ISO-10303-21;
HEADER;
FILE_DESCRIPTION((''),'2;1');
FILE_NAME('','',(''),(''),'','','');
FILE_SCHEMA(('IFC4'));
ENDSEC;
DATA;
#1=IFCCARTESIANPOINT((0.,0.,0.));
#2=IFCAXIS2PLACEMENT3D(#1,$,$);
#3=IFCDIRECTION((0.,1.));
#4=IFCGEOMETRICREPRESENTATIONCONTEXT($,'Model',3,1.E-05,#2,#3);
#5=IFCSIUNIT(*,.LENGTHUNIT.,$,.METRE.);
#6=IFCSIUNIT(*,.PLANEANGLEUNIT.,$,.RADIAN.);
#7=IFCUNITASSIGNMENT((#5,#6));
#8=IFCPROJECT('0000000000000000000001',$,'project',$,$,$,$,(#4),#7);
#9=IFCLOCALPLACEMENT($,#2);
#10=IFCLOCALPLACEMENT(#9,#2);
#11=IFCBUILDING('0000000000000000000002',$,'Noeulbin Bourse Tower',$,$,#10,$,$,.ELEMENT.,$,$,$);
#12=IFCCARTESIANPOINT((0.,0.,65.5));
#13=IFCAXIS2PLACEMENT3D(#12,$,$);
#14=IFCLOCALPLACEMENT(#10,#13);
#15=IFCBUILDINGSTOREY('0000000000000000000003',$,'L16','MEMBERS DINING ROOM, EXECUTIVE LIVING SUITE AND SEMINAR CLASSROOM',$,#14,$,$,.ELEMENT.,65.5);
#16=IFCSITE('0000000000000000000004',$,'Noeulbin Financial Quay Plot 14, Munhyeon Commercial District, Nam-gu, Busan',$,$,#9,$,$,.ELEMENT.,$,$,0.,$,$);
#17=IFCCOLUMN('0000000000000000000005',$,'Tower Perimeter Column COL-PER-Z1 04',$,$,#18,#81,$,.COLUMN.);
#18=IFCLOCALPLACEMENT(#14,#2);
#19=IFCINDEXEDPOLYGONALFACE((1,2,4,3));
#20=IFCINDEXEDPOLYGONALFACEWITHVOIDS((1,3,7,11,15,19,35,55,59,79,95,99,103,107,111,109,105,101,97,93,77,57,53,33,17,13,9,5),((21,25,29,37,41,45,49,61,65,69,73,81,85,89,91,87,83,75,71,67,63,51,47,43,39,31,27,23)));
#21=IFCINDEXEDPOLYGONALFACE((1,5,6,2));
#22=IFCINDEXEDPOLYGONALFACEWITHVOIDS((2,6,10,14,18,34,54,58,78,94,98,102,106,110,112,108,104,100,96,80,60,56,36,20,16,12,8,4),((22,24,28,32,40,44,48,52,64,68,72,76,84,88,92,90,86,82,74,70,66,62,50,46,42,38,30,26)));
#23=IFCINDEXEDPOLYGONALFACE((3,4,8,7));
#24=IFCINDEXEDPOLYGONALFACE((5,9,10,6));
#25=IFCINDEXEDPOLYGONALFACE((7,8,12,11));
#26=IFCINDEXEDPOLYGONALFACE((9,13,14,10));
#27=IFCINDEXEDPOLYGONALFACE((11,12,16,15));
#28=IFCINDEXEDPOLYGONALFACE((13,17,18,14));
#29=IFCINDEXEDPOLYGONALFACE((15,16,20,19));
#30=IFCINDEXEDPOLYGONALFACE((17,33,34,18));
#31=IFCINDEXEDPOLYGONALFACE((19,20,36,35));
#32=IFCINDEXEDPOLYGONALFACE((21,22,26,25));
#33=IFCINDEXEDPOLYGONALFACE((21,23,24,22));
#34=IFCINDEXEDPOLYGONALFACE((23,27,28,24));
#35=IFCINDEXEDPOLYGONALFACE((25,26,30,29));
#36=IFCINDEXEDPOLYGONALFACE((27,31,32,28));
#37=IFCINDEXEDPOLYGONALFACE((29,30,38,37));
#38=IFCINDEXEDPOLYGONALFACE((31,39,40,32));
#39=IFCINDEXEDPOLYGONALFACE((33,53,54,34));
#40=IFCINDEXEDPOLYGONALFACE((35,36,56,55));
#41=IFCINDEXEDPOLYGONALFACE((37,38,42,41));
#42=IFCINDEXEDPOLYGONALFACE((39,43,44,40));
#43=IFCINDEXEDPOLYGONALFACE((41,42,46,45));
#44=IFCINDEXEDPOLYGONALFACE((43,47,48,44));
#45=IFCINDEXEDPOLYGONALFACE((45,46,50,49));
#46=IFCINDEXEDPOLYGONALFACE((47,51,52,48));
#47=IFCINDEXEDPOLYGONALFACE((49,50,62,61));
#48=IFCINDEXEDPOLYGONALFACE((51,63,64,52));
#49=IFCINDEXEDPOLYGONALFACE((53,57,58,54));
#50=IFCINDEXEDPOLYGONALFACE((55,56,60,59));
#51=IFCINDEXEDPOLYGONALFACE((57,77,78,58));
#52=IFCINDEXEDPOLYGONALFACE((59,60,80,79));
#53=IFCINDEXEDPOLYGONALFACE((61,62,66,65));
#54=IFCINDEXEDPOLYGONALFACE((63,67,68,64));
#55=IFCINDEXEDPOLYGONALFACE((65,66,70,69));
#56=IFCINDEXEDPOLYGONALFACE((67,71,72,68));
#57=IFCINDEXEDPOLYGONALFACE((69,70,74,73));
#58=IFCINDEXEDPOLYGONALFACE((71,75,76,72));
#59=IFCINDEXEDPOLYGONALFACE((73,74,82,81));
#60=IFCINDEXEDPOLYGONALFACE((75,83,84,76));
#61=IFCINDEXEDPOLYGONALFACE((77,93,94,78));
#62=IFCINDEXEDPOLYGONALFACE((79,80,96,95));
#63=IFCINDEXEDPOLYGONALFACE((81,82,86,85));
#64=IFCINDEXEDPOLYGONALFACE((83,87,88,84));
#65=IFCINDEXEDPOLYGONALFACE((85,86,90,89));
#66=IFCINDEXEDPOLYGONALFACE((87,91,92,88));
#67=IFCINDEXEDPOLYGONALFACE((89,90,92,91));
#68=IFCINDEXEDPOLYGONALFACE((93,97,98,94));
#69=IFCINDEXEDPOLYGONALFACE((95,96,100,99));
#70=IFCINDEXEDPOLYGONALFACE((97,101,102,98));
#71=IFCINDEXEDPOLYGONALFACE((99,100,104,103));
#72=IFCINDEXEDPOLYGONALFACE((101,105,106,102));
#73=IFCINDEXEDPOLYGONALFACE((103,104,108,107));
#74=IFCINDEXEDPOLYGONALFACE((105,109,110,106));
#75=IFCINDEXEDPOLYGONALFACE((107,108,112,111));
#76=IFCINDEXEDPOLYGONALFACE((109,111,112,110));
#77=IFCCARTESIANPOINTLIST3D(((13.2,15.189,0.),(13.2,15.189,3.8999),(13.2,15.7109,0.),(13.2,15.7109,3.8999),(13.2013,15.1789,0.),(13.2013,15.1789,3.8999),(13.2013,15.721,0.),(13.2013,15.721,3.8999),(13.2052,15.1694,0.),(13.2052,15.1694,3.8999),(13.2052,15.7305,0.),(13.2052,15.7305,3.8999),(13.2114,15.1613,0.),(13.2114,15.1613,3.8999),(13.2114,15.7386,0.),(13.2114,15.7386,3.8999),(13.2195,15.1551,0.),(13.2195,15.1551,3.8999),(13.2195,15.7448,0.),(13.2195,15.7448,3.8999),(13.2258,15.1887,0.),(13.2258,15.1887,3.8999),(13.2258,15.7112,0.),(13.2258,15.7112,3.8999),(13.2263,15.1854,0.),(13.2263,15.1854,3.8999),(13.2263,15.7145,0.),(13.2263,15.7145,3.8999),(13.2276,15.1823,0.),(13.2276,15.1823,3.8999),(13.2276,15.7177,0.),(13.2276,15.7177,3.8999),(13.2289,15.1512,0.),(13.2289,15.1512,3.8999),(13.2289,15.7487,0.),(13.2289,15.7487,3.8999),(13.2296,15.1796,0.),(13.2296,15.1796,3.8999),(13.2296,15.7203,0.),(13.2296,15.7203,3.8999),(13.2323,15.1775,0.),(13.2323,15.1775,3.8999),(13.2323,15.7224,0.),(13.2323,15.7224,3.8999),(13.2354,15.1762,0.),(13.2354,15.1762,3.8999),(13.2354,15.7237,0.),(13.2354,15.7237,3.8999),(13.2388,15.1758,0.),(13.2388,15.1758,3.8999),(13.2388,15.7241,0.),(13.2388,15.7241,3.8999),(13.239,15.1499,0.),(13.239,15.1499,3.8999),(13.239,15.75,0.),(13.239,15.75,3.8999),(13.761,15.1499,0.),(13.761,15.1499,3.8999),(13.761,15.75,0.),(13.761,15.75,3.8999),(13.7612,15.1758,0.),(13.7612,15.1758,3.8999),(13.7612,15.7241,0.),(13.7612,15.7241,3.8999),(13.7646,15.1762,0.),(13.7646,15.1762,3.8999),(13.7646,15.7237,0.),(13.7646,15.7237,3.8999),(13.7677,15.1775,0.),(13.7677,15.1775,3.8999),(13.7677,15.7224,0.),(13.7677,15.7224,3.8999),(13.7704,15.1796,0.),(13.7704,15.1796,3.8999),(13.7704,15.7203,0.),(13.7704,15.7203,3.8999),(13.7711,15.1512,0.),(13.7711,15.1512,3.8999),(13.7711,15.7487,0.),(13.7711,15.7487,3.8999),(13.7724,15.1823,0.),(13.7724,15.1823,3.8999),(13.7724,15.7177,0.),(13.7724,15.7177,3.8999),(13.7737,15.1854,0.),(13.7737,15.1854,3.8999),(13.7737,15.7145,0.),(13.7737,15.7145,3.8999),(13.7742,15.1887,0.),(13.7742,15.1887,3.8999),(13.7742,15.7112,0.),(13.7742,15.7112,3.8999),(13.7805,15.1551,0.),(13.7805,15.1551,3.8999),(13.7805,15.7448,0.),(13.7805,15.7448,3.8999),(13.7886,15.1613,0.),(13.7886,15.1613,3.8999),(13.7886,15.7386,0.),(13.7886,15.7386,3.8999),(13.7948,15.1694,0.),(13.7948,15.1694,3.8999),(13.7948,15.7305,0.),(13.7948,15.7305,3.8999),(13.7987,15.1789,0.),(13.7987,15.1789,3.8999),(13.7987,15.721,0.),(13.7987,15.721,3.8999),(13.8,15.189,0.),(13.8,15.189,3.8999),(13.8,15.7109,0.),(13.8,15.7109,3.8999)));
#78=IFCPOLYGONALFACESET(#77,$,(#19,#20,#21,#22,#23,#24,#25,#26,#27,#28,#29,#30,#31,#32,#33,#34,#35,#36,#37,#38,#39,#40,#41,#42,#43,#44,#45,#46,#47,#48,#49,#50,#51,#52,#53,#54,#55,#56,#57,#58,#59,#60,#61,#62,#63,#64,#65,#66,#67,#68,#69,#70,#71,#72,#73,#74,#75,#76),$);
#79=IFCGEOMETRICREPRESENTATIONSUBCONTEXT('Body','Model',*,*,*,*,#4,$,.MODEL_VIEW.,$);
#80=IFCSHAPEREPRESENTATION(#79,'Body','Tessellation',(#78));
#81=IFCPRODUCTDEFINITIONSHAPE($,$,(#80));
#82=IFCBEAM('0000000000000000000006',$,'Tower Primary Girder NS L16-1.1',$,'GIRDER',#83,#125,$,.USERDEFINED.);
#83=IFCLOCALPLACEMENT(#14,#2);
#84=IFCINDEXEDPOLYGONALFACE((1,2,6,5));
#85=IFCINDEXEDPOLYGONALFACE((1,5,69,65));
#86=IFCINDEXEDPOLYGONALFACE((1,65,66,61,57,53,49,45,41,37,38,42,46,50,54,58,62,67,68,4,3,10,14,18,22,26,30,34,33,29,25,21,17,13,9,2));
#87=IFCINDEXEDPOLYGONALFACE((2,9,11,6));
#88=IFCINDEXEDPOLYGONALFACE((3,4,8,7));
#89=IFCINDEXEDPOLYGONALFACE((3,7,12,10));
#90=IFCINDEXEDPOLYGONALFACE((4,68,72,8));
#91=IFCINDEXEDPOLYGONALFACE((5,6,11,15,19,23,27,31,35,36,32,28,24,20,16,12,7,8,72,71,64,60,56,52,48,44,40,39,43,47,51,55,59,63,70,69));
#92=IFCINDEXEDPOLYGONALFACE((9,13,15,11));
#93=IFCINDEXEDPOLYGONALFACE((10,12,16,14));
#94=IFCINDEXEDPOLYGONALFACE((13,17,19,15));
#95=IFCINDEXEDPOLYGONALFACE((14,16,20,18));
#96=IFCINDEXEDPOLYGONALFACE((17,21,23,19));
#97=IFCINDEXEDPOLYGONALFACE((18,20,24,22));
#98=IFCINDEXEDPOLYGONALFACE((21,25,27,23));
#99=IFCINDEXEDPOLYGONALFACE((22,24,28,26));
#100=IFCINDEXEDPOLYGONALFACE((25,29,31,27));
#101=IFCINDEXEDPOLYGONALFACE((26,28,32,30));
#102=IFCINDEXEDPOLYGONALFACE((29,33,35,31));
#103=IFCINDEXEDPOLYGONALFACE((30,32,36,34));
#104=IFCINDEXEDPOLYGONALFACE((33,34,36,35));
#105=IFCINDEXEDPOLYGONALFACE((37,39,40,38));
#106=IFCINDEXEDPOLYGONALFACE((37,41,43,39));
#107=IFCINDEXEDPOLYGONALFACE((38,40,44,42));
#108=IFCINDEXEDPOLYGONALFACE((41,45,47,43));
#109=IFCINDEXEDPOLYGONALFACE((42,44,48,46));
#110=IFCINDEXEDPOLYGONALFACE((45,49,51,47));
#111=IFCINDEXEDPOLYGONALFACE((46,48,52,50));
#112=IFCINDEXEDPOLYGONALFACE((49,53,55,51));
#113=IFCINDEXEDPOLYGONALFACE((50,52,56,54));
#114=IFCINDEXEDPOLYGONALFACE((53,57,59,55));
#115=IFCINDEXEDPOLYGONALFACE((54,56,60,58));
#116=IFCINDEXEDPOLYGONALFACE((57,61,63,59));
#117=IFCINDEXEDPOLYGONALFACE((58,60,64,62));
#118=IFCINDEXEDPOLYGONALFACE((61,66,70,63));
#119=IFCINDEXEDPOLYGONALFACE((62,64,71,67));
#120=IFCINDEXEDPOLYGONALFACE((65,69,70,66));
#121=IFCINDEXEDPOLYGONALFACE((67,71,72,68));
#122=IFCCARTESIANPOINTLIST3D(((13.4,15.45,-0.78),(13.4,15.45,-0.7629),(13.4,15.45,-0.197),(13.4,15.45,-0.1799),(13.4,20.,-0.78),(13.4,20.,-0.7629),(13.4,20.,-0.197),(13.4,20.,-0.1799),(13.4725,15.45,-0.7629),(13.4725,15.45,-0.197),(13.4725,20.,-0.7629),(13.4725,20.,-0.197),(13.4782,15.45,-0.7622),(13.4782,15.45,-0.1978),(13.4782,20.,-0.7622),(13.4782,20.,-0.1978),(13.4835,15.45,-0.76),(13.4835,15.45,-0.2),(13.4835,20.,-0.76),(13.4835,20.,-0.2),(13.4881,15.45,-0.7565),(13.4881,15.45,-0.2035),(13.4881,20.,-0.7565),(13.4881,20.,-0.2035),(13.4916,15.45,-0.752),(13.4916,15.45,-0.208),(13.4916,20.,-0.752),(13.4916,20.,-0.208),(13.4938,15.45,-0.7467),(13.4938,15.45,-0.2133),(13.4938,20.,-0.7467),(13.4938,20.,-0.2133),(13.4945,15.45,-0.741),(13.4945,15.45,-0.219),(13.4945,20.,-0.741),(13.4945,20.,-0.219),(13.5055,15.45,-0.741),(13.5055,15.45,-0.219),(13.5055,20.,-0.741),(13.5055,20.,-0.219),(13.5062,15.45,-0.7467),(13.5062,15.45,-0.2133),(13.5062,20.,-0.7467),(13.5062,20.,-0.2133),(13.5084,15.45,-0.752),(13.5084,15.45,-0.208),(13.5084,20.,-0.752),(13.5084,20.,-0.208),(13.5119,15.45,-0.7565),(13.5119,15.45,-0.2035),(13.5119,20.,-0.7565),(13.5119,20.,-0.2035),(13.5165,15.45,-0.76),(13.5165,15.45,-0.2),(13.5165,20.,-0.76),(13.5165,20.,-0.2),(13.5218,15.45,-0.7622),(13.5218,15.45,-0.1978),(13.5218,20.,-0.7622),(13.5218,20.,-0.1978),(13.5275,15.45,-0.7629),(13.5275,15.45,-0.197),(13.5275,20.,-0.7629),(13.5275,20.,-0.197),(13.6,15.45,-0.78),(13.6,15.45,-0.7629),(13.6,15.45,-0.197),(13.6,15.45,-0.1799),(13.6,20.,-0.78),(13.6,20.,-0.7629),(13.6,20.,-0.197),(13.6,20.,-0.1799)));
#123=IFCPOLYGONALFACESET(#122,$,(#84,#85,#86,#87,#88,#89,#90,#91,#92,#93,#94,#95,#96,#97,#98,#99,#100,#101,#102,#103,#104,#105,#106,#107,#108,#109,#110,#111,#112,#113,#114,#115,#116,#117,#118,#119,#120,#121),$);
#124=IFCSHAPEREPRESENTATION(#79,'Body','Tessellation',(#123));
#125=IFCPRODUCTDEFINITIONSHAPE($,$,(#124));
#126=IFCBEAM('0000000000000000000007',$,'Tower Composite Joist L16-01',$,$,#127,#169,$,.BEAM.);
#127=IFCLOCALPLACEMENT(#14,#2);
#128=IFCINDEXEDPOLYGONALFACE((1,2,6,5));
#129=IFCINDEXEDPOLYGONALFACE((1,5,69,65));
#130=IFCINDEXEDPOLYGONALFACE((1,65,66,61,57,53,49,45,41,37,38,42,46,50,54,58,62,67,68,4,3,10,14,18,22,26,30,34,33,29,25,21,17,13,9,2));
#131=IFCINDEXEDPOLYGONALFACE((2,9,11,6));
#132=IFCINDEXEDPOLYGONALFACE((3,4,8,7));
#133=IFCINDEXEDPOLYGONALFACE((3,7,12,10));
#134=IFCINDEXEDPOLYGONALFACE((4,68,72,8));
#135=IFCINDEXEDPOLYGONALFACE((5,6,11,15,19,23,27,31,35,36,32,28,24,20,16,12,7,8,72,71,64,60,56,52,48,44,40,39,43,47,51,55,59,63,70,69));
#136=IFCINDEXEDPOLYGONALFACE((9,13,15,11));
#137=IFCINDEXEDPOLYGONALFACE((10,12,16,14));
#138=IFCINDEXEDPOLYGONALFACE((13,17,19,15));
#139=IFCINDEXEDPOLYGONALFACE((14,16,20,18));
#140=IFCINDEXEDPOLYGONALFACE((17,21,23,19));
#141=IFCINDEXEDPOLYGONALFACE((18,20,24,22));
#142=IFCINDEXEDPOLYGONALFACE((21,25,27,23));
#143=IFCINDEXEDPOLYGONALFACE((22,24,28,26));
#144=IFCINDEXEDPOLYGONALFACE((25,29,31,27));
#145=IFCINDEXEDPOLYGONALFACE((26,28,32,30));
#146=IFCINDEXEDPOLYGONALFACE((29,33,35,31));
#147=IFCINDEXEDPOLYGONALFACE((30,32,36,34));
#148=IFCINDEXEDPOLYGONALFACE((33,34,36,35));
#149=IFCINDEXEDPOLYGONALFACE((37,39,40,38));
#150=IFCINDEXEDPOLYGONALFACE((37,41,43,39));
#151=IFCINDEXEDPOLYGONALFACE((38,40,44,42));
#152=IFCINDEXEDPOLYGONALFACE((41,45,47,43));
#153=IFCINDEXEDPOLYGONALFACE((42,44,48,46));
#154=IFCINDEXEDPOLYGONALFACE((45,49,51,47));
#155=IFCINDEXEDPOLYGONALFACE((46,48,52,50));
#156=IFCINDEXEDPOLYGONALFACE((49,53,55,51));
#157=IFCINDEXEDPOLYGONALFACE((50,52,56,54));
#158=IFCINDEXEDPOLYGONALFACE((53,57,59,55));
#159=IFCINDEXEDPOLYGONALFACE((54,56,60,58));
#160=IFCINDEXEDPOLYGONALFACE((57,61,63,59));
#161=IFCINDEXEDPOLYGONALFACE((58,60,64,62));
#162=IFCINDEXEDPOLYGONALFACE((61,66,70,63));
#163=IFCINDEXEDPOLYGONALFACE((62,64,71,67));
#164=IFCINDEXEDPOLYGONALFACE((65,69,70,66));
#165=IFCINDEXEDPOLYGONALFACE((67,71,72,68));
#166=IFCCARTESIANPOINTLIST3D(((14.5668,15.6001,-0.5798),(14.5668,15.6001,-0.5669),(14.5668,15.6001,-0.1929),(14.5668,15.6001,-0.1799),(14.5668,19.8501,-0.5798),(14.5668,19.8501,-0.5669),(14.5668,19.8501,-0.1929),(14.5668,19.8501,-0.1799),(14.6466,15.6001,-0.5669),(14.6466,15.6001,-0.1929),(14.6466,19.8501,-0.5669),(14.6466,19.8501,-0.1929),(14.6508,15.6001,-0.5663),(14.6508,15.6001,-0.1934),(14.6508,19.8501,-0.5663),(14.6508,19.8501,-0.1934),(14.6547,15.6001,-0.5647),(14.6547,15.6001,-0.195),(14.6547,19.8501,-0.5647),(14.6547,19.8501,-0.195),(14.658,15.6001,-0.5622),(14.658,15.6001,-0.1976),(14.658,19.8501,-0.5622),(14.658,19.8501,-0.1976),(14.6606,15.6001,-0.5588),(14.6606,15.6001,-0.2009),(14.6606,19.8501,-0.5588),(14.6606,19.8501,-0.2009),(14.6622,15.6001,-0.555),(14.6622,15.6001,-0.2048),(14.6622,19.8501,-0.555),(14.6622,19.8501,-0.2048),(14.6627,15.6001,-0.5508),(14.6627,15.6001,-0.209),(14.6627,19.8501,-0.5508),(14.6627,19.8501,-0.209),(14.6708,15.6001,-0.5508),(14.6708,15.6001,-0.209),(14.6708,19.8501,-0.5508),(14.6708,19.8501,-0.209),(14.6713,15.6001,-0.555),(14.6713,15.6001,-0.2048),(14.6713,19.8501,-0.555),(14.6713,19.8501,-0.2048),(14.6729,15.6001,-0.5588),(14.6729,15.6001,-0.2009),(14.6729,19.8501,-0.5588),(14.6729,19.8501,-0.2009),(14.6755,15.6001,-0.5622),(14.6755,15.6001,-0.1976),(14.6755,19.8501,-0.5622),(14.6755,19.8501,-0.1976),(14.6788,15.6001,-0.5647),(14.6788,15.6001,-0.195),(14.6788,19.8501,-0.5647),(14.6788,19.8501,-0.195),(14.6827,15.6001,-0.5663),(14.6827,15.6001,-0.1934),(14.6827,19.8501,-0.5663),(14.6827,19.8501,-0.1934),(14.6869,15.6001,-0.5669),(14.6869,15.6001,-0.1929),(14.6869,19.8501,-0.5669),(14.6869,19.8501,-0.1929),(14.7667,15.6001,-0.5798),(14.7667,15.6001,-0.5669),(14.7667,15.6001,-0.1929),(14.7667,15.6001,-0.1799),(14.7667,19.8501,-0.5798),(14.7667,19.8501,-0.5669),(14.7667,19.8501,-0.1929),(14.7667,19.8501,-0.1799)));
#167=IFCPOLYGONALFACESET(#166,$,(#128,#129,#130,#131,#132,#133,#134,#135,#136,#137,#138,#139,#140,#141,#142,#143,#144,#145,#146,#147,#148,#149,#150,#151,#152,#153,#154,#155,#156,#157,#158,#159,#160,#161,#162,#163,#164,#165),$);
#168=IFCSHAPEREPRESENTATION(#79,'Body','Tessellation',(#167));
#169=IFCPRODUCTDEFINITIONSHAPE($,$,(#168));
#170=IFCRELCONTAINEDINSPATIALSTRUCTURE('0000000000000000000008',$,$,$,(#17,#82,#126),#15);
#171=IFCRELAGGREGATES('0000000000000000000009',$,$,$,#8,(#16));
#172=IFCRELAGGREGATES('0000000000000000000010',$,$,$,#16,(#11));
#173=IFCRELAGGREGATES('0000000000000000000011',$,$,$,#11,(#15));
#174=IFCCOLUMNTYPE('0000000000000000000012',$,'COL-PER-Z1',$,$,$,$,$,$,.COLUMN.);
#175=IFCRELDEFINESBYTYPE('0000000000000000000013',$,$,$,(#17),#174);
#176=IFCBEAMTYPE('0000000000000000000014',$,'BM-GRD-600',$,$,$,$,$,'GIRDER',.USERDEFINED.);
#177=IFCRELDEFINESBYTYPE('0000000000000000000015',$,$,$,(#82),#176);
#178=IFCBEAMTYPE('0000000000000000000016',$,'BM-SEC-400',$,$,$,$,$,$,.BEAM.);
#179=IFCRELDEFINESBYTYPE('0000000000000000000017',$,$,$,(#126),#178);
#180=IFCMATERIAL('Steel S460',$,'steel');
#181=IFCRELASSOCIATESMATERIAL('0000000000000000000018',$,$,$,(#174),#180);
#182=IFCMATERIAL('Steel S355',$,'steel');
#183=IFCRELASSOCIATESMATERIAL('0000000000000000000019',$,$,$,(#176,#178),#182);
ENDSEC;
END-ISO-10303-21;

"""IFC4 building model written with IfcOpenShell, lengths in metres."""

from ifc_helpers import new_model, si_unit, direction, frame, origin, origin_2d, place, context, subcontext, project, spatial, hollow_rectangle, i_section, extrude, material, material_profile, profile_set, type_object, element, save


model = new_model("IFC4")

# Units and contexts
model_context = context("Model", 3, precision=1e-05, world=origin(), true_north=direction((0.0, 1.0)))
body_context = subcontext(model_context, "Body", "Model", "MODEL_VIEW")
ifc_project = project(units=[si_unit("LENGTHUNIT", "METRE"), si_unit("PLANEANGLEUNIT", "RADIAN")], contexts=[model_context])

# Site, building, storey
site_placement = place(None, origin())
site = spatial("IfcSite", under=ifc_project, at=site_placement, Name="Noeulbin Financial Quay Plot 14, Munhyeon Commercial District, Nam-gu, Busan", CompositionType="ELEMENT", RefElevation=0.0)
building_placement = place(site_placement, origin())
building = spatial("IfcBuilding", under=site, at=building_placement, Name="Noeulbin Bourse Tower", CompositionType="ELEMENT")
storey_placement = place(building_placement, frame((0.0, 0.0, 65.5)))
storey = spatial("IfcBuildingStorey", under=building, at=storey_placement, Name="L16", Description="MEMBERS DINING ROOM, EXECUTIVE LIVING SUITE AND SEMINAR CLASSROOM", CompositionType="ELEMENT", Elevation=65.5)

# Column
ifc_material_1 = material(Name="Steel S460", Category="steel")
ifc_material_profile_1 = material_profile(ifc_material_1, hollow_rectangle(XDim=0.6001, YDim=0.6001, WallThickness=0.0259, InnerFilletRadius=0.0129, OuterFilletRadius=0.0391, at=origin_2d()), Name="BOX-600x600x26", Category="LoadBearing")
ifc_profile_set_1 = profile_set([ifc_material_profile_1], Name="Steel S460")
column_type = type_object("IfcColumnType", Name="COL-PER-Z1", PredefinedType="COLUMN", material=ifc_profile_set_1)
column_placement = place(storey_placement, frame((13.5, 15.45, 0.0), z_axis=(0.0, 0.0, 1.0), x_axis=(1.0, 0.0, 0.0)))
element("IfcColumn", 1, at=column_placement, inside=storey, type_object=column_type, Name="Tower Perimeter Column COL-PER-Z1 04", PredefinedType="COLUMN", context=body_context, shape_type="SweptSolid", body=[
    extrude(hollow_rectangle(XDim=0.6001, YDim=0.6001, WallThickness=0.0259, InnerFilletRadius=0.0129, OuterFilletRadius=0.0391, at=origin_2d()), origin(), (0.0, 0.0, 1.0), 3.8999),
])

# Beams
ifc_material_2 = material(Name="Steel S355", Category="steel")
ifc_material_profile_2 = material_profile(ifc_material_2, i_section(OverallWidth=0.2, OverallDepth=0.6001, WebThickness=0.011, FlangeThickness=0.0171, FilletRadius=0.022, at=origin_2d()), Name="H-600x200x11x17", Category="LoadBearing")
ifc_profile_set_2 = profile_set([ifc_material_profile_2], Name="Steel S355")
beam_type_1 = type_object("IfcBeamType", Name="BM-GRD-600", ElementType="GIRDER", PredefinedType="USERDEFINED", material=ifc_profile_set_2)
beam_1_placement = place(storey_placement, frame((13.5, 15.45, -0.48), z_axis=(0.0, 1.0, 0.0), x_axis=(-1.0, 0.0, 0.0)))
element("IfcBeam", 2, at=beam_1_placement, inside=storey, type_object=beam_type_1, Name="Tower Primary Girder NS L16-1.1", ObjectType="GIRDER", PredefinedType="USERDEFINED", context=body_context, shape_type="SweptSolid", body=[
    extrude(i_section(OverallWidth=0.2, OverallDepth=0.6001, WebThickness=0.011, FlangeThickness=0.0171, FilletRadius=0.022, at=origin_2d()), origin(), (0.0, 0.0, 1.0), 4.55),
])
ifc_material_profile_3 = material_profile(ifc_material_2, i_section(OverallWidth=0.2, OverallDepth=0.3999, WebThickness=0.0081, FlangeThickness=0.0129, FilletRadius=0.0161, at=origin_2d()), Name="H-400x200x8x13", Category="LoadBearing")
ifc_profile_set_3 = profile_set([ifc_material_profile_3], Name="Steel S355")
beam_type_2 = type_object("IfcBeamType", Name="BM-SEC-400", PredefinedType="BEAM", material=ifc_profile_set_3)
for number, where, z_axis, x_axis, name in (
    (3, (14.6667, 15.6001, -0.3799), (0.0, 1.0, 0.0), (-1.0, 0.0, 0.0), "Tower Composite Joist L16-01"),
):
    element("IfcBeam", number, at=place(storey_placement, frame(where, z_axis=z_axis, x_axis=x_axis)), inside=storey, type_object=beam_type_2, Name=name, PredefinedType="BEAM", context=body_context, shape_type="SweptSolid", body=[
        extrude(i_section(OverallWidth=0.2, OverallDepth=0.3999, WebThickness=0.0081, FlangeThickness=0.0129, FilletRadius=0.0161, at=origin_2d()), origin(), (0.0, 0.0, 1.0), 4.25),
    ])

save(model, "model.ifc")
